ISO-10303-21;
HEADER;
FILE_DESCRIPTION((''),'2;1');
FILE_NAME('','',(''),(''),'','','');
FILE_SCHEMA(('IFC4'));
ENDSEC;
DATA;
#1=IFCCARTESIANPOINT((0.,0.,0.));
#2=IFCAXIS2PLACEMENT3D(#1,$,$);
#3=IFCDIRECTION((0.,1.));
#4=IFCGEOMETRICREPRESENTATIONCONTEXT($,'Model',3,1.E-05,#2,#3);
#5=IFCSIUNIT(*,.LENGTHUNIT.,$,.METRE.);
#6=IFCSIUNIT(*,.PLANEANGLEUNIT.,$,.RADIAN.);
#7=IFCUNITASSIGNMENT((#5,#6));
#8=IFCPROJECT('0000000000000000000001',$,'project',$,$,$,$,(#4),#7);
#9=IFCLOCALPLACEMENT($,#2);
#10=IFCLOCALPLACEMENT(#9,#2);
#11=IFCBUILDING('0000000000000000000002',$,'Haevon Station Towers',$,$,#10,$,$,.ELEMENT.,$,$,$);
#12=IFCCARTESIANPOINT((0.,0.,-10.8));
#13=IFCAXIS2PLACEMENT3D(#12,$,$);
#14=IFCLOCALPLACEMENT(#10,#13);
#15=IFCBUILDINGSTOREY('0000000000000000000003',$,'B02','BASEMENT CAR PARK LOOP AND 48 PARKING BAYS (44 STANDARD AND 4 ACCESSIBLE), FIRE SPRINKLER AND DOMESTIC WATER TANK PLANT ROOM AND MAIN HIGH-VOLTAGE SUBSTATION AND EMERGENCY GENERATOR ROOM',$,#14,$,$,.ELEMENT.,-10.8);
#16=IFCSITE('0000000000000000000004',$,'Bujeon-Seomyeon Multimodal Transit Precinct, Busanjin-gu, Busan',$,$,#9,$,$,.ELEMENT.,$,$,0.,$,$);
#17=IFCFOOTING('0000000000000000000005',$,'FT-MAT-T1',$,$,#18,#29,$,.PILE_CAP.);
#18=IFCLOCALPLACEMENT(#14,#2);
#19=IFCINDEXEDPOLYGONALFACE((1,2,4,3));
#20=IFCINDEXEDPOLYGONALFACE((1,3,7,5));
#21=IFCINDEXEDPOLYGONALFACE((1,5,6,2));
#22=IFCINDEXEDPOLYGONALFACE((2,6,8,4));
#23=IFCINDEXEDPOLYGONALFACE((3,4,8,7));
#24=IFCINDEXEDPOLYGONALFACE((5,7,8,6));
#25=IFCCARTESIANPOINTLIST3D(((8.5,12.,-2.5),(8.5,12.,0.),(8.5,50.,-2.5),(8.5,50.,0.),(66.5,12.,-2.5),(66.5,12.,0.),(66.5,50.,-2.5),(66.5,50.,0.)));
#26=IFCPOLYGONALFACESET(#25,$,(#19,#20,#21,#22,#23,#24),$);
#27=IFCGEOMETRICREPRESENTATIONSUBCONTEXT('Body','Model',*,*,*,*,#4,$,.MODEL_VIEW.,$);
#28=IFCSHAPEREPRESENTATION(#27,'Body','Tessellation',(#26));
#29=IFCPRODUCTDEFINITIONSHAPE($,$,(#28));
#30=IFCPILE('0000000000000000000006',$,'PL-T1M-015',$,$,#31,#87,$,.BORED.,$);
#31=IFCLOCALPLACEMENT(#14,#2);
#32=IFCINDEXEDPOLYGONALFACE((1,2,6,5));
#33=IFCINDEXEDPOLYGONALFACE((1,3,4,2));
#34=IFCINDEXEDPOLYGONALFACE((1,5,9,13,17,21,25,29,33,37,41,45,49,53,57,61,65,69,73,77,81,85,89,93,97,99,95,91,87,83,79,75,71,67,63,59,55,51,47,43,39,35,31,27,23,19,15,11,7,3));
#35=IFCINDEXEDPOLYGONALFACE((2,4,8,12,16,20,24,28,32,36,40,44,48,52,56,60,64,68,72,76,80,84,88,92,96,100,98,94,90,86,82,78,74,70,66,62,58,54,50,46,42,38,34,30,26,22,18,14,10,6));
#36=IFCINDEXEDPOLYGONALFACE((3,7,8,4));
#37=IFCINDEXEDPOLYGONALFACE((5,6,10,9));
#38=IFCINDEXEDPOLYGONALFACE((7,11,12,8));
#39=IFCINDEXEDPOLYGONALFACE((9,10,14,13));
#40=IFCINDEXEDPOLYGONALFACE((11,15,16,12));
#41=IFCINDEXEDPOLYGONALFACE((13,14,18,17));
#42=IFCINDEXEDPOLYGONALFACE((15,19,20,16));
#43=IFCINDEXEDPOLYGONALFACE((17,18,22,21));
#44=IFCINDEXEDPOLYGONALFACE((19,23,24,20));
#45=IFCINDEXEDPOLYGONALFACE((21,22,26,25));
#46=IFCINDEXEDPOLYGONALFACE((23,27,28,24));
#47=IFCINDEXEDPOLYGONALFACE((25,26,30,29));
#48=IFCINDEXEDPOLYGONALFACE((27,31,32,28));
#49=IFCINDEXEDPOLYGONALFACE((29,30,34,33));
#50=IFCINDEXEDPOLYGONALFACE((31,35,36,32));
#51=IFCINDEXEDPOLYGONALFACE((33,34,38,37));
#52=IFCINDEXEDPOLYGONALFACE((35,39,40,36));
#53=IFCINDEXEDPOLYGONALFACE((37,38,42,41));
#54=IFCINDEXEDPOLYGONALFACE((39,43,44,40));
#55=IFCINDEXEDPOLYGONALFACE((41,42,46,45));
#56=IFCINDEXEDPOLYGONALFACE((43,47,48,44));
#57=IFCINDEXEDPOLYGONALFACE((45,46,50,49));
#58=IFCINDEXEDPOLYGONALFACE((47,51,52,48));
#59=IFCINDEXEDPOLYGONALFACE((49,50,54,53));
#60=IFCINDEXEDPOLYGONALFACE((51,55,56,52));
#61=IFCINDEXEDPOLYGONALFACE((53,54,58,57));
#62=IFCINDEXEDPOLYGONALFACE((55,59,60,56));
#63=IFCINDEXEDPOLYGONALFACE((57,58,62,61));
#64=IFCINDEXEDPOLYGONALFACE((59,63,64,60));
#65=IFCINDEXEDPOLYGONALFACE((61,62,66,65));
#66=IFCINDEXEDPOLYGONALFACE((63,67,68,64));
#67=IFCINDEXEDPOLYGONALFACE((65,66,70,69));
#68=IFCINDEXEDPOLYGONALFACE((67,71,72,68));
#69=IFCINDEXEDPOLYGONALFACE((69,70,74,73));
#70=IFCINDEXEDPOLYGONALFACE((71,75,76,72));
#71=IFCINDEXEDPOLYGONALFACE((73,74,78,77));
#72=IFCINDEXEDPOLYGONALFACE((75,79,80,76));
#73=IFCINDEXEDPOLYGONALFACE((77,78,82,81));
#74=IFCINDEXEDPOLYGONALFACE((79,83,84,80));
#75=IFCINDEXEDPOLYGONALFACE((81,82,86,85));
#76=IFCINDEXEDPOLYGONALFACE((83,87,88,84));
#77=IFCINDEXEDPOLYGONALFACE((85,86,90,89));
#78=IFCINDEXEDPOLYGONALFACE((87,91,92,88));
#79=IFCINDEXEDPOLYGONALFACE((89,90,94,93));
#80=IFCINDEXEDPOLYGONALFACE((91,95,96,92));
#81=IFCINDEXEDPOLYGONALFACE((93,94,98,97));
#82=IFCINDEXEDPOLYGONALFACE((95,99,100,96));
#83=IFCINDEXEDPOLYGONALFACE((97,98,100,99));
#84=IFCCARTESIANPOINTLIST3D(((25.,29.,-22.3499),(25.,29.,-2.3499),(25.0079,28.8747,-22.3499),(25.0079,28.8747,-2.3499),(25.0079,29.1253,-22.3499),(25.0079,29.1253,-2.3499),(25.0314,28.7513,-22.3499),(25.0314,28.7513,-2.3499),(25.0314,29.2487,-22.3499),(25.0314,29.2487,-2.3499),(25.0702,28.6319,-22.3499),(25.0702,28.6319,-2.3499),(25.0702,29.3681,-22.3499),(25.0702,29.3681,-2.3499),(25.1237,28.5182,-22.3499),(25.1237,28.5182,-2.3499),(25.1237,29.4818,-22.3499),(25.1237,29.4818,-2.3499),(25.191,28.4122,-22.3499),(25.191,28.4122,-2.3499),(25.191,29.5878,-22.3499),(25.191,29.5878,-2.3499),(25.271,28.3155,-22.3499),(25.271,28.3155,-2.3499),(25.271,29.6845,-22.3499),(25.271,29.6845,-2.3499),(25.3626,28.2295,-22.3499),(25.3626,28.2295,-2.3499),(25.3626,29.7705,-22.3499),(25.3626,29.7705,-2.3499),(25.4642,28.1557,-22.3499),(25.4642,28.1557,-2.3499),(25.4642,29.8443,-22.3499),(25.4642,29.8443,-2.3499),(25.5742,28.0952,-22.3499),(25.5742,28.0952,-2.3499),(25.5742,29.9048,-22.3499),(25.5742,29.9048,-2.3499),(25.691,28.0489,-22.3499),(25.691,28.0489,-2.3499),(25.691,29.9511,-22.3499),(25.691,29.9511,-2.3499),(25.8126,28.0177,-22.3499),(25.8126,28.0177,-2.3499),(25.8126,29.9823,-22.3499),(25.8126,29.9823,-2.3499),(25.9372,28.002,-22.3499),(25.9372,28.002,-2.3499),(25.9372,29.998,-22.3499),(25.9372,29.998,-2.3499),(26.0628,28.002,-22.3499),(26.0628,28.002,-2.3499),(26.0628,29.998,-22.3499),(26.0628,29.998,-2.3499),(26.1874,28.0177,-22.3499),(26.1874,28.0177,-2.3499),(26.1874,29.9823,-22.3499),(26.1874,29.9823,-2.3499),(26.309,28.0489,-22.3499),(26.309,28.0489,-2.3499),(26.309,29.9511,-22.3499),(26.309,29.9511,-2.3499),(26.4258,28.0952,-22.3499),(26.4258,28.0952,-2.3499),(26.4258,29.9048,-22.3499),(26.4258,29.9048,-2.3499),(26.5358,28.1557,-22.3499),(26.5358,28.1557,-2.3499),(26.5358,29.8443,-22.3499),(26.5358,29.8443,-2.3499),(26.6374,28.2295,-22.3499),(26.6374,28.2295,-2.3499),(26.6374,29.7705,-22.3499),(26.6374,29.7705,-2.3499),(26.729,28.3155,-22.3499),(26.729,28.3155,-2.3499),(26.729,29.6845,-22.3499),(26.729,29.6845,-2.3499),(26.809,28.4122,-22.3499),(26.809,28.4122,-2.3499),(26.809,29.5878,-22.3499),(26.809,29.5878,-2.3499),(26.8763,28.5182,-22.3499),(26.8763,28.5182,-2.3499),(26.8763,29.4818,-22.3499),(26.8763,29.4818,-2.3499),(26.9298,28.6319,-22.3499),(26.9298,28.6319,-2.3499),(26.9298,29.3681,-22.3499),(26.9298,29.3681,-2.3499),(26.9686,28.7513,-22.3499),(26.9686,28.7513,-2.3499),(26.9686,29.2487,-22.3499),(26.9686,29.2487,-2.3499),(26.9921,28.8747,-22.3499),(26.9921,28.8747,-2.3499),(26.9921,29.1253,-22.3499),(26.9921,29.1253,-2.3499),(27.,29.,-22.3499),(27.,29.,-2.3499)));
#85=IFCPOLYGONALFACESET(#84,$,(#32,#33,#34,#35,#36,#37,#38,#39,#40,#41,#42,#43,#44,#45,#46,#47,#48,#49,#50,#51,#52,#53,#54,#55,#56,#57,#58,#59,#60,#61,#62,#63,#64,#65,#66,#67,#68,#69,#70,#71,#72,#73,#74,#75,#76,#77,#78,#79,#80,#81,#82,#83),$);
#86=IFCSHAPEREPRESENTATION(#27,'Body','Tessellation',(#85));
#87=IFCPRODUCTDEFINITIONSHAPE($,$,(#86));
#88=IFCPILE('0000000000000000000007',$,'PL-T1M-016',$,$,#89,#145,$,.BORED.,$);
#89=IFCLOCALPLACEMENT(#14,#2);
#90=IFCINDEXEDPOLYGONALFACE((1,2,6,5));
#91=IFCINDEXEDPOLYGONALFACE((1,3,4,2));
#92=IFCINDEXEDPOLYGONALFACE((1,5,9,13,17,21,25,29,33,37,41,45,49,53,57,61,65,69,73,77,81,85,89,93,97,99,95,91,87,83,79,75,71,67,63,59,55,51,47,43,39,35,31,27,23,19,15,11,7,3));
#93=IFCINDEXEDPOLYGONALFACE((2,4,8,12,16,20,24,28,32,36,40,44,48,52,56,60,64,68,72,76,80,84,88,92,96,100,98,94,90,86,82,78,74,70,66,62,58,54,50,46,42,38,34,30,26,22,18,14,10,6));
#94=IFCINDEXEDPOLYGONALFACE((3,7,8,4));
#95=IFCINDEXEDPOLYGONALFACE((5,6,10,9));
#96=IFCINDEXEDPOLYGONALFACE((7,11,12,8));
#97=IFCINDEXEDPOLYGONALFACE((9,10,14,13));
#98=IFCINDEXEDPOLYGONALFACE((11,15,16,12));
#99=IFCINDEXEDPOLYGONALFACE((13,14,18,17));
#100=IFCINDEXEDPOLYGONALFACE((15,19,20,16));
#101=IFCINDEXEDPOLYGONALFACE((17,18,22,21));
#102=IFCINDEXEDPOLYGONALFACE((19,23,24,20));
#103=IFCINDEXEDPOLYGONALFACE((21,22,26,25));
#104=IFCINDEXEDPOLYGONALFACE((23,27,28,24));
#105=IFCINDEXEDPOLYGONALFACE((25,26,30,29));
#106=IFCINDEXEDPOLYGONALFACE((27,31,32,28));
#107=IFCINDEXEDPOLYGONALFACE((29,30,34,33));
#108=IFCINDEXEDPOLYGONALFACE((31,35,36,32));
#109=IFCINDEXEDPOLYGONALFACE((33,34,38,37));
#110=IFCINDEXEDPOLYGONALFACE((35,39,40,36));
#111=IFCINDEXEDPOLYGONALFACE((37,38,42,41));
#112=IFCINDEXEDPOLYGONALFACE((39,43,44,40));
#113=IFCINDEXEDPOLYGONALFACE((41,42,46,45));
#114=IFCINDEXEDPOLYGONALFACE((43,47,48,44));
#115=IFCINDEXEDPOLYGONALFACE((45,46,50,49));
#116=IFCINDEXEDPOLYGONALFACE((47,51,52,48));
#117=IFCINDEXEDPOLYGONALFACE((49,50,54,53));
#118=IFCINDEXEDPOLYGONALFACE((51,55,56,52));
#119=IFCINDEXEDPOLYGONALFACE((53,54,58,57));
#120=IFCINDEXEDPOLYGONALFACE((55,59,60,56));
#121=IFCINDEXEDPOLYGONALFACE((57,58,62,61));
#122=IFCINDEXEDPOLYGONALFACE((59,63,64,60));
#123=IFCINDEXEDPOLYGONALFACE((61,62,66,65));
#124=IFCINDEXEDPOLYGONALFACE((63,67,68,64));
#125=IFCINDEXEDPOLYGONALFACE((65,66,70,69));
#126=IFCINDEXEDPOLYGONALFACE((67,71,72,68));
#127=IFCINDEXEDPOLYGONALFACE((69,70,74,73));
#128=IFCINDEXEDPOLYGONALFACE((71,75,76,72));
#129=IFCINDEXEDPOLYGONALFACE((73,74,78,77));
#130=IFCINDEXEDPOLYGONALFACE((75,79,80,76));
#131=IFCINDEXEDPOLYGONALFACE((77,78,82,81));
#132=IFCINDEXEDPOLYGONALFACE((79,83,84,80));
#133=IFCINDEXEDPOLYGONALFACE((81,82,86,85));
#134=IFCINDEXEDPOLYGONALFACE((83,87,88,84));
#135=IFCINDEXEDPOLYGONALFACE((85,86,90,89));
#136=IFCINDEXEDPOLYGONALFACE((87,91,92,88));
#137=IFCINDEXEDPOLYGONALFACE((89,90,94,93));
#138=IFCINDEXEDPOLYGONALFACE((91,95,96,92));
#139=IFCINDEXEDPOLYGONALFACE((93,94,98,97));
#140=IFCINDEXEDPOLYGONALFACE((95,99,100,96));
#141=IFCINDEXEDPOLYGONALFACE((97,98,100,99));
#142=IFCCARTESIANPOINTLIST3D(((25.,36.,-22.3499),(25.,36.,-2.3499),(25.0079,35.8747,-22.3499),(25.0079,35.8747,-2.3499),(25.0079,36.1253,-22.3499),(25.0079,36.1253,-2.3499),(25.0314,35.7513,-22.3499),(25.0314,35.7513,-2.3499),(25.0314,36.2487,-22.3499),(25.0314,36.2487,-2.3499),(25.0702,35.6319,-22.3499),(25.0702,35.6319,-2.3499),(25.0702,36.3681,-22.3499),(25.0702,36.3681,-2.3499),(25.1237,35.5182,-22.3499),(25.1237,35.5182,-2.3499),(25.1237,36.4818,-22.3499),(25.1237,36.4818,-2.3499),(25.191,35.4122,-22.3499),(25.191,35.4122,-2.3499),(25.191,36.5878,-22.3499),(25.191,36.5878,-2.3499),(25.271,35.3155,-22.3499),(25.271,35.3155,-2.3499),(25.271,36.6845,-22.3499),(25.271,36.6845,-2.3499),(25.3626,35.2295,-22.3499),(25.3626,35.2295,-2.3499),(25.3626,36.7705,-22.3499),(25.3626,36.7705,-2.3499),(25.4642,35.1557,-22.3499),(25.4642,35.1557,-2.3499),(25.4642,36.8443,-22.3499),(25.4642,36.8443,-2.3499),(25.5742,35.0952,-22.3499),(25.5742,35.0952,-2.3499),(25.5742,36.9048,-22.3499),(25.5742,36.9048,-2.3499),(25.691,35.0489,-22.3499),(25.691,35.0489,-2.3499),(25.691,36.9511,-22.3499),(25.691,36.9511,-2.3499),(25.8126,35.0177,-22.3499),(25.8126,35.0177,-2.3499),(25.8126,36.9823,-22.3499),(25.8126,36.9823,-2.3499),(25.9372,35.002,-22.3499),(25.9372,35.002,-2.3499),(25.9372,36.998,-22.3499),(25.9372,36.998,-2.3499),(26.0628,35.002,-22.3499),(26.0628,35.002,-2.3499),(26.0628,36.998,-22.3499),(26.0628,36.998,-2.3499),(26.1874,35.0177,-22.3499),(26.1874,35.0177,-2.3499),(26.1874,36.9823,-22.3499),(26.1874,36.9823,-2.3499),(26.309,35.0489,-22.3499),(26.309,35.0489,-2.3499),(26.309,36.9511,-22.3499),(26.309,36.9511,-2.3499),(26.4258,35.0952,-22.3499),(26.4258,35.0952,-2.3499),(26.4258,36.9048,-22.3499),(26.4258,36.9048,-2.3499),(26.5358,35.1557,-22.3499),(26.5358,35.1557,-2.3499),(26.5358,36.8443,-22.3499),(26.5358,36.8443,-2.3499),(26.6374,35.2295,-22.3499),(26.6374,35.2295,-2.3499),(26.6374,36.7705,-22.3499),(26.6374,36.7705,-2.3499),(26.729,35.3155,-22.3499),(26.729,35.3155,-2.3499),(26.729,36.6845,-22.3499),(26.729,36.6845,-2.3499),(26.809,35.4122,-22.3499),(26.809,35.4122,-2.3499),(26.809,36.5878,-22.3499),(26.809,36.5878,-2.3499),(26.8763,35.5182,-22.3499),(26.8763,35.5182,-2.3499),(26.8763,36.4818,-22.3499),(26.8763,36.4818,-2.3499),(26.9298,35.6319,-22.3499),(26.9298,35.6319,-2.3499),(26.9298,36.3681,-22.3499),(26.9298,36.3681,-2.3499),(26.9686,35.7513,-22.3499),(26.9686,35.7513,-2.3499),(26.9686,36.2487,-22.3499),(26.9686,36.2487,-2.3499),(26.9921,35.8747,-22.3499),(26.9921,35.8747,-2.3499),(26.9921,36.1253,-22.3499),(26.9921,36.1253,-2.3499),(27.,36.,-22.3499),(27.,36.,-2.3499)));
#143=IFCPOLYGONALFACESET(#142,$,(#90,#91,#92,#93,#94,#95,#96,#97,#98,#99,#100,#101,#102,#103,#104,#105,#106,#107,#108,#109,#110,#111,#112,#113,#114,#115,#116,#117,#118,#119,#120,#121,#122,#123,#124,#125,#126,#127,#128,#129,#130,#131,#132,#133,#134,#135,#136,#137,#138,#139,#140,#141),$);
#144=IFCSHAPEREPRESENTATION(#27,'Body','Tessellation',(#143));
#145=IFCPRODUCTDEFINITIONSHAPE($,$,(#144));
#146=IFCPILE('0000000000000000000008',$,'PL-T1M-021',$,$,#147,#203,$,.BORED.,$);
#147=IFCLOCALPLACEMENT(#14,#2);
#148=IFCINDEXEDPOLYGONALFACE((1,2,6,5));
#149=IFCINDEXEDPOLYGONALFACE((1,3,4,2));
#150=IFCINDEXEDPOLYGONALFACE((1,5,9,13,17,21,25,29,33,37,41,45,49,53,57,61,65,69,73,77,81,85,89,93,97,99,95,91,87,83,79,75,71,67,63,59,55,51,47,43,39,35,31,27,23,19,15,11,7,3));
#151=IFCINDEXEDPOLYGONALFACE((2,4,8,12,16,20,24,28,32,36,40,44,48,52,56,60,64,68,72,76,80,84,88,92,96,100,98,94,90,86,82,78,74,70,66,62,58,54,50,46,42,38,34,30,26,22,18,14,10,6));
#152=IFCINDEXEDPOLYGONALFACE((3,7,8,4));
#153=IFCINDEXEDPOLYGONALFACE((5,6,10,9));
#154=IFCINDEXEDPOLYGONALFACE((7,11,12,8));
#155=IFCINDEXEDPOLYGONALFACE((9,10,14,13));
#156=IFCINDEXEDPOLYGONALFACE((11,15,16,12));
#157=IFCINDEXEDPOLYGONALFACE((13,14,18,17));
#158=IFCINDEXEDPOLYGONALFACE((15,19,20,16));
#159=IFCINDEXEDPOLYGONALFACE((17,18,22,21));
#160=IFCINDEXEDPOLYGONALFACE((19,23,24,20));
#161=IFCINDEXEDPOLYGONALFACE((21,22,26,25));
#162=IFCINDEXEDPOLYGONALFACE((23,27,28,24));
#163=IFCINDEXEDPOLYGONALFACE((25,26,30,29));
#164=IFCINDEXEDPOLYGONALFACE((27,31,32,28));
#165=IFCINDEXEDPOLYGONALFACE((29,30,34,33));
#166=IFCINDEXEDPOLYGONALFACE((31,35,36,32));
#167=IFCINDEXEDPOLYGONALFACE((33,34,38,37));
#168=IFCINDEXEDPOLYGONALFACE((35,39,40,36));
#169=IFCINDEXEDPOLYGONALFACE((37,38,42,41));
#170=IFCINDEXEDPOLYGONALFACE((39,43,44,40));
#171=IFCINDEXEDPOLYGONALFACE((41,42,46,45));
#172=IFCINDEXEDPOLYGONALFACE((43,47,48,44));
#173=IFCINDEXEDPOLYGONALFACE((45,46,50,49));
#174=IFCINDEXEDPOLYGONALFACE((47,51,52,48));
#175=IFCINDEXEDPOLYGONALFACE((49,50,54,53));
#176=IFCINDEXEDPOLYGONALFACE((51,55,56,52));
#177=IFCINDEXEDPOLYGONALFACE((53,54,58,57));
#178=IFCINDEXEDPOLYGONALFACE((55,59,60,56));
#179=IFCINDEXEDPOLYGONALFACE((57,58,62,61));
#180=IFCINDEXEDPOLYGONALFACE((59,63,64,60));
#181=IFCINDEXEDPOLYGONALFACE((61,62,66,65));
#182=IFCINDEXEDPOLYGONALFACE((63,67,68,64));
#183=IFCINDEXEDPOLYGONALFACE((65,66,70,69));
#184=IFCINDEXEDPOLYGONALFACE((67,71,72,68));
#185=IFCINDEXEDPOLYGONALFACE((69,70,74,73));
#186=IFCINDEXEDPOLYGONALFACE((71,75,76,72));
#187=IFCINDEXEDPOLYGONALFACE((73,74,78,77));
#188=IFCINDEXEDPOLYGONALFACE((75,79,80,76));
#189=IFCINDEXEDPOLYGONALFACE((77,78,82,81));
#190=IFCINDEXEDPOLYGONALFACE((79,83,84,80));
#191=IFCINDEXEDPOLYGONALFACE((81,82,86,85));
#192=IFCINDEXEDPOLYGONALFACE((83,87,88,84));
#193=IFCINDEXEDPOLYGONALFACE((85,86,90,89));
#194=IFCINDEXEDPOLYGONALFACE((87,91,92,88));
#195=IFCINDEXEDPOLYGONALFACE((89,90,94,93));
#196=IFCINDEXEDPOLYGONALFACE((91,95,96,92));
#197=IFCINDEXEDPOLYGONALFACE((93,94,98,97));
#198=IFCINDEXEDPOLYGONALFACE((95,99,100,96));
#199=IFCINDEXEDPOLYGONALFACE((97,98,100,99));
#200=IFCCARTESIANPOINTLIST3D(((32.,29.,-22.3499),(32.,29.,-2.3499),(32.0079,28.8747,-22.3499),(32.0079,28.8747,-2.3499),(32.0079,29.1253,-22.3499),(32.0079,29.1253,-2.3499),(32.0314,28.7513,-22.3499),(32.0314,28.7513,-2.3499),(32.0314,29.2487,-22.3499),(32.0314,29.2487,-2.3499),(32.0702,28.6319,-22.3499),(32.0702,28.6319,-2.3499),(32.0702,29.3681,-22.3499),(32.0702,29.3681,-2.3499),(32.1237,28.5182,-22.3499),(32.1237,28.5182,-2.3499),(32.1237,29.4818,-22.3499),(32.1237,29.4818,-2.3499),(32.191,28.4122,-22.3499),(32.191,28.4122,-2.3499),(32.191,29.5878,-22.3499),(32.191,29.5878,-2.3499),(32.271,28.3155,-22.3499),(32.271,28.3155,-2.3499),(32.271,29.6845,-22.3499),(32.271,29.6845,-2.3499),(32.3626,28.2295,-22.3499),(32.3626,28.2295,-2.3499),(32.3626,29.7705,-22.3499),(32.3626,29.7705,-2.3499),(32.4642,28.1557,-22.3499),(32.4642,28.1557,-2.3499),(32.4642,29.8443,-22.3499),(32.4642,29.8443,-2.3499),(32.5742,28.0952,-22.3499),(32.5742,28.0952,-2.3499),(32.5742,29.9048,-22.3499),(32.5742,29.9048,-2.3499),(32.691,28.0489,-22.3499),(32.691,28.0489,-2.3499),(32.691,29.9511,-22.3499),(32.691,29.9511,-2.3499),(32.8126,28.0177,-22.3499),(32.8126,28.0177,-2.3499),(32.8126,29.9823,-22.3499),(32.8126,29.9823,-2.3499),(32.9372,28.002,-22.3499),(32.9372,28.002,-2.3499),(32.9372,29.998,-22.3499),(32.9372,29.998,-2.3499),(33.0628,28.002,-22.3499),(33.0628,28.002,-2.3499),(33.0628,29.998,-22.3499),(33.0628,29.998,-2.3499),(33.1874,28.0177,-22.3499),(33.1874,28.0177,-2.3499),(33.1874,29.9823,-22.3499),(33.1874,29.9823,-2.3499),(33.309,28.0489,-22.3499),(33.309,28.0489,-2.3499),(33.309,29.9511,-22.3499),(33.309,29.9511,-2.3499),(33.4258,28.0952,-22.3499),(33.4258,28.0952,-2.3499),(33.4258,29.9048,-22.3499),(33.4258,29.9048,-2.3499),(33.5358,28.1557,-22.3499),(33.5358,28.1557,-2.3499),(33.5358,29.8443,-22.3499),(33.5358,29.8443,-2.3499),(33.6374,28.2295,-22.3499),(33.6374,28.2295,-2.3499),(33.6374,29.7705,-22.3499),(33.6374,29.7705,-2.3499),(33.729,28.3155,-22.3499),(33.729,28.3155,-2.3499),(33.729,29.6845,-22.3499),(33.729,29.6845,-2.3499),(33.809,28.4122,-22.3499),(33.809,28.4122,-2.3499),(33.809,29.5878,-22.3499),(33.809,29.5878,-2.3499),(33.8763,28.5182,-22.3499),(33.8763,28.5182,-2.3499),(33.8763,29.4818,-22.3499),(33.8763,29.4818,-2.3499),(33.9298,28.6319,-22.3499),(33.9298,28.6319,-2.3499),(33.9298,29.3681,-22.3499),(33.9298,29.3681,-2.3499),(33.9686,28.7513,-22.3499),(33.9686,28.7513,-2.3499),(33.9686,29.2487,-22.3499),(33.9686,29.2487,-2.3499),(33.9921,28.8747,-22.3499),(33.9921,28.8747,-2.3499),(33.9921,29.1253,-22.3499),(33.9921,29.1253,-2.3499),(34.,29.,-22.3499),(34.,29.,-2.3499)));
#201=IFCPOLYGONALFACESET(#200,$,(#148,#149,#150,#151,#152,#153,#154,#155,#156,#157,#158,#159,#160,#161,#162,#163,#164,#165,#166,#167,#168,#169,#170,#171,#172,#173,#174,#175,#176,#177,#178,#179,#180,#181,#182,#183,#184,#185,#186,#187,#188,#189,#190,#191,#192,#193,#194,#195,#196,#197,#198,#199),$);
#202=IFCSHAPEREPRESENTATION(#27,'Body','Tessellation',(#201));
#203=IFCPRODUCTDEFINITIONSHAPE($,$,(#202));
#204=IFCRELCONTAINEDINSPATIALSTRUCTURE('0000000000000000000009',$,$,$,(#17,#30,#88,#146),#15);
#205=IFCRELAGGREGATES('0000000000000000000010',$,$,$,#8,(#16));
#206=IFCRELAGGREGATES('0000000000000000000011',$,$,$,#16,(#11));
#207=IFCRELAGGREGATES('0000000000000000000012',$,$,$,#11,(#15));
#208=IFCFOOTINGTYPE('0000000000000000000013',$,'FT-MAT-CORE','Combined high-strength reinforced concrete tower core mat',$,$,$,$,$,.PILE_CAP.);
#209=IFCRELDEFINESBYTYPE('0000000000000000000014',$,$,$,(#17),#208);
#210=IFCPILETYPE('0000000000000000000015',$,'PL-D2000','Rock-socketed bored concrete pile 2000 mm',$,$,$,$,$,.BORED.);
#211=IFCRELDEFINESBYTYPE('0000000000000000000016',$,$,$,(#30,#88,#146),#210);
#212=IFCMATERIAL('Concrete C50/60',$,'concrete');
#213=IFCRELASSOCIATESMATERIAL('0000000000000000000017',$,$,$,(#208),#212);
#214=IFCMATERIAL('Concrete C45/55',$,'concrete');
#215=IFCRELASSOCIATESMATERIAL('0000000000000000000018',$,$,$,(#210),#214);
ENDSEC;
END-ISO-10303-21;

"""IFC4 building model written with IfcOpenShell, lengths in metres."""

from ifc_helpers import new_model, si_unit, direction, frame, origin, origin_2d, place, context, subcontext, project, spatial, rectangle, circle, extrude, material, material_profile, profile_set, type_object, element, save


model = new_model("IFC4")

# Units and contexts
model_context = context("Model", 3, precision=1e-05, world=origin(), true_north=direction((0.0, 1.0)))
body_context = subcontext(model_context, "Body", "Model", "MODEL_VIEW")
ifc_project = project(units=[si_unit("LENGTHUNIT", "METRE"), si_unit("PLANEANGLEUNIT", "RADIAN")], contexts=[model_context])

# Site, building, storey
site_placement = place(None, origin())
site = spatial("IfcSite", under=ifc_project, at=site_placement, Name="Bujeon-Seomyeon Multimodal Transit Precinct, Busanjin-gu, Busan", CompositionType="ELEMENT", RefElevation=0.0)
building_placement = place(site_placement, origin())
building = spatial("IfcBuilding", under=site, at=building_placement, Name="Haevon Station Towers", CompositionType="ELEMENT")
storey_placement = place(building_placement, frame((0.0, 0.0, -10.8)))
storey = spatial("IfcBuildingStorey", under=building, at=storey_placement, Name="B02", Description="BASEMENT CAR PARK LOOP AND 48 PARKING BAYS (44 STANDARD AND 4 ACCESSIBLE), FIRE SPRINKLER AND DOMESTIC WATER TANK PLANT ROOM AND MAIN HIGH-VOLTAGE SUBSTATION AND EMERGENCY GENERATOR ROOM", CompositionType="ELEMENT", Elevation=-10.8)

# Footing
ifc_material_1 = material(Name="Concrete C50/60", Category="concrete")
footing_type = type_object("IfcFootingType", Name="FT-MAT-CORE", Description="Combined high-strength reinforced concrete tower core mat", PredefinedType="PILE_CAP", material=ifc_material_1)
footing_placement = place(storey_placement, frame((37.5, 31.0, -2.5), z_axis=(0.0, 0.0, 1.0), x_axis=(1.0, 0.0, 0.0)))
element("IfcFooting", 1, at=footing_placement, inside=storey, type_object=footing_type, Name="FT-MAT-T1", PredefinedType="PILE_CAP", context=body_context, shape_type="SweptSolid", body=[
    extrude(rectangle(XDim=58.0, YDim=38.0, at=origin_2d()), origin(), (0.0, 0.0, 1.0), 2.5),
])

# Piles
ifc_material_2 = material(Name="Concrete C45/55", Category="concrete")
ifc_material_profile_1 = material_profile(ifc_material_2, circle(Radius=1.0, at=origin_2d()), Name="PILE-D2000")
ifc_profile_set_1 = profile_set([ifc_material_profile_1], Name="Concrete C45/55")
pile_type = type_object("IfcPileType", Name="PL-D2000", Description="Rock-socketed bored concrete pile 2000 mm", PredefinedType="BORED", material=ifc_profile_set_1)
for number, where, z_axis, x_axis, name in (
    (2, (26.0, 29.0, -2.3499), (0.0, 0.0, -1.0), (1.0, 0.0, 0.0), "PL-T1M-015"),
    (3, (26.0, 36.0, -2.3499), (0.0, 0.0, -1.0), (1.0, 0.0, 0.0), "PL-T1M-016"),
    (4, (33.0, 29.0, -2.3499), (0.0, 0.0, -1.0), (1.0, 0.0, 0.0), "PL-T1M-021"),
):
    element("IfcPile", number, at=place(storey_placement, frame(where, z_axis=z_axis, x_axis=x_axis)), inside=storey, type_object=pile_type, Name=name, PredefinedType="BORED", context=body_context, shape_type="SweptSolid", body=[
        extrude(circle(Radius=1.0, at=origin_2d()), origin(), (0.0, 0.0, 1.0), 20.0),
    ])

save(model, "model.ifc")
